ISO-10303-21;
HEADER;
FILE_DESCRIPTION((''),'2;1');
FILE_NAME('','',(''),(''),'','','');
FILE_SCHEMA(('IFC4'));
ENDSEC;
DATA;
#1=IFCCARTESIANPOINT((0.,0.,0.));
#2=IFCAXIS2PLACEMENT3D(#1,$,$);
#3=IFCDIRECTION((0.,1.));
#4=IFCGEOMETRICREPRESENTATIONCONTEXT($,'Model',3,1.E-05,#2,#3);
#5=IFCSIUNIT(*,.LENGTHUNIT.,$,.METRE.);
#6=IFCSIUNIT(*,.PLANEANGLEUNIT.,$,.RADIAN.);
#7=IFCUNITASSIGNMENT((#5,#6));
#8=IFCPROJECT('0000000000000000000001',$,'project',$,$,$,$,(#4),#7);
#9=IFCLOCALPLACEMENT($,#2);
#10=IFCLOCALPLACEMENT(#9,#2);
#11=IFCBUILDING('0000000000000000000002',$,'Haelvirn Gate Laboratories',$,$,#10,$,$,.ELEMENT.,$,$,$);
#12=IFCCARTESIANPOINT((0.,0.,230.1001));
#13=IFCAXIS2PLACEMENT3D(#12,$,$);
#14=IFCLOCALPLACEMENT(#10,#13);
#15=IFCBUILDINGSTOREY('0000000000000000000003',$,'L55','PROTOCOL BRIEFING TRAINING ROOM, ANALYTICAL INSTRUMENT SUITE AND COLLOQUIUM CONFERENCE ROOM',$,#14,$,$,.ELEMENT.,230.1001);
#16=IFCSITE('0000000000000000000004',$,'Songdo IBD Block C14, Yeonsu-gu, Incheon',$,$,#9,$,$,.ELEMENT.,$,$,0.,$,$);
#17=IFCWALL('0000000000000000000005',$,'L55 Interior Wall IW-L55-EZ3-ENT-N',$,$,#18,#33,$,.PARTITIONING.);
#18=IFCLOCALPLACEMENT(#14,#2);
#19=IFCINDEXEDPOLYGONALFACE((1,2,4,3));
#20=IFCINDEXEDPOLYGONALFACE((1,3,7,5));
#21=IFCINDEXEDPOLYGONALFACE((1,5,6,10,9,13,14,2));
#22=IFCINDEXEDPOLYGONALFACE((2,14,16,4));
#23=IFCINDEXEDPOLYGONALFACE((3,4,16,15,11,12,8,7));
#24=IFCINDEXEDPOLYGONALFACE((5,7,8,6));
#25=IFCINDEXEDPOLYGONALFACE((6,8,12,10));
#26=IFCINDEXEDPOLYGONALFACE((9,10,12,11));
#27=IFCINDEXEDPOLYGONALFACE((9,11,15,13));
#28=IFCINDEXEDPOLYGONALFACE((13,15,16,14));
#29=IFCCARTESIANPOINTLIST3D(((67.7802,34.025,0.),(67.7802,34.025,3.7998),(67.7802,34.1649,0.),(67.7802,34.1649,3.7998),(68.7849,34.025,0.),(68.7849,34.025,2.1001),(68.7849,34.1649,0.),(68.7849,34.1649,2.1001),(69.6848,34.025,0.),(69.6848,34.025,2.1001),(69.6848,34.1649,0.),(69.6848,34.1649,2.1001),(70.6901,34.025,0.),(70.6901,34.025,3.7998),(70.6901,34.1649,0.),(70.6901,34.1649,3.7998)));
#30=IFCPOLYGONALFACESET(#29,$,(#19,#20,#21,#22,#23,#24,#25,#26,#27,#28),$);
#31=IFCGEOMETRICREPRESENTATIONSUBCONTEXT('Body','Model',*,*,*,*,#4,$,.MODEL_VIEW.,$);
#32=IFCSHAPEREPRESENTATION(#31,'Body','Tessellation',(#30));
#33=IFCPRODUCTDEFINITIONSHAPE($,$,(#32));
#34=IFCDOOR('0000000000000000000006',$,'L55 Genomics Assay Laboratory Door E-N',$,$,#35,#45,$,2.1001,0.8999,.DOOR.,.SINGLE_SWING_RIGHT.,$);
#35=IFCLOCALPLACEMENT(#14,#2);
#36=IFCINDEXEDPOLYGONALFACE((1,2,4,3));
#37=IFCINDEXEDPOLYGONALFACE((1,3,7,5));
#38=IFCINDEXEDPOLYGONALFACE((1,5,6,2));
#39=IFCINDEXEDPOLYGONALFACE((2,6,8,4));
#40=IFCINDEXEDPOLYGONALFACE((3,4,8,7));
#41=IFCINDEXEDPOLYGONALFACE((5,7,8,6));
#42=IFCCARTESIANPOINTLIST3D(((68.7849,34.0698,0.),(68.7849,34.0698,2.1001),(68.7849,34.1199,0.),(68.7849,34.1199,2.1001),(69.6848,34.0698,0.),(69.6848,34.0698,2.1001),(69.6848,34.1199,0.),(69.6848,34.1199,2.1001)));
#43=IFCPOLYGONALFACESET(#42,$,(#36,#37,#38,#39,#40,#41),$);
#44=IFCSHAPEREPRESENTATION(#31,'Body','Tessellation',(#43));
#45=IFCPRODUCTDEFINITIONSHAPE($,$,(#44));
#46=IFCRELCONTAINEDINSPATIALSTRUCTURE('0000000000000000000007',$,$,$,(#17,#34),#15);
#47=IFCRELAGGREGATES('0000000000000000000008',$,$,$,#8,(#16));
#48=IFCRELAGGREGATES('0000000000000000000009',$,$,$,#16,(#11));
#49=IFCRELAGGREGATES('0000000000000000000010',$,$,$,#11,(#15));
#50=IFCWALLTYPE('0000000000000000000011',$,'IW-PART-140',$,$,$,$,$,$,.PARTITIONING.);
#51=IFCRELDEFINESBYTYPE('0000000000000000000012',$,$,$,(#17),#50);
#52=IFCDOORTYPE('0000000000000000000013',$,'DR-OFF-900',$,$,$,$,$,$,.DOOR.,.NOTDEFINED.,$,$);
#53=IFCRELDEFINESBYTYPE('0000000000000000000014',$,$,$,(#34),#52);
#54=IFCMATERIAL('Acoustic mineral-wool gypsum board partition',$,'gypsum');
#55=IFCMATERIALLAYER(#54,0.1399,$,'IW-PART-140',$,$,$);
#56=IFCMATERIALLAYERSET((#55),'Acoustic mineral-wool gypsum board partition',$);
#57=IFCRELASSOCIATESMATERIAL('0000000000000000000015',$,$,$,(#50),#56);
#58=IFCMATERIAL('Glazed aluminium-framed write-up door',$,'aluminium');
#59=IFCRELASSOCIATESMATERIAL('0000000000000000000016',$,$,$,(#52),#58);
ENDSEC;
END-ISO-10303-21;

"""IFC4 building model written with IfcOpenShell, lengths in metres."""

from ifc_helpers import new_model, si_unit, direction, frame, frame_2d, origin, place, context, subcontext, project, spatial, rectangle, extrude, source, transform, mapped, material, layer, layer_set, type_object, type_shapes, element, fill, save


model = new_model("IFC4")

# Units and contexts
model_context = context("Model", 3, precision=1e-05, world=origin(), true_north=direction((0.0, 1.0)))
body_context = subcontext(model_context, "Body", "Model", "MODEL_VIEW")
ifc_project = project(units=[si_unit("LENGTHUNIT", "METRE"), si_unit("PLANEANGLEUNIT", "RADIAN")], contexts=[model_context])

# Site, building, storey
site_placement = place(None, origin())
site = spatial("IfcSite", under=ifc_project, at=site_placement, Name="Songdo IBD Block C14, Yeonsu-gu, Incheon", CompositionType="ELEMENT", RefElevation=0.0)
building_placement = place(site_placement, origin())
building = spatial("IfcBuilding", under=site, at=building_placement, Name="Haelvirn Gate Laboratories", CompositionType="ELEMENT")
storey_placement = place(building_placement, frame((0.0, 0.0, 230.1001)))
storey = spatial("IfcBuildingStorey", under=building, at=storey_placement, Name="L55", Description="PROTOCOL BRIEFING TRAINING ROOM, ANALYTICAL INSTRUMENT SUITE AND COLLOQUIUM CONFERENCE ROOM", CompositionType="ELEMENT", Elevation=230.1001)

# Wall, opening, door
ifc_material_1 = material(Name="Acoustic mineral-wool gypsum board partition", Category="gypsum")
ifc_layer_1 = layer(ifc_material_1, 0.1399, Name="IW-PART-140")
ifc_layer_set_1 = layer_set([ifc_layer_1], Name="Acoustic mineral-wool gypsum board partition")
wall_type_1 = type_object("IfcWallType", Name="IW-PART-140", PredefinedType="PARTITIONING", material=ifc_layer_set_1)
wall_1_placement = place(storey_placement, frame((67.78, 34.095, 0.0), z_axis=(0.0, 0.0, 1.0), x_axis=(1.0, 0.0, 0.0)))
wall_1 = element("IfcWall", 1, at=wall_1_placement, inside=storey, type_object=wall_type_1, Name="L55 Interior Wall IW-L55-EZ3-ENT-N", PredefinedType="PARTITIONING", context=body_context, shape_type="SweptSolid", body=[
    extrude(rectangle(XDim=2.9099, YDim=0.1399, at=frame_2d((1.4551, 0.0))), origin(), (0.0, 0.0, 1.0), 3.7998),
])
opening_1_placement = place(wall_1_placement, frame((1.0049, 0.0, 0.0)))
opening_1 = element("IfcOpeningElement", 2, at=opening_1_placement, cuts=wall_1, PredefinedType="OPENING", context=body_context, shape_type="SweptSolid", body=[
    extrude(rectangle(XDim=0.8999, YDim=2.1001, at=frame_2d((0.45, 1.05))), frame((0.0, 0.0801, 0.0), z_axis=(0.0, -1.0, 0.0), x_axis=(1.0, 0.0, 0.0)), (0.0, 0.0, 1.0), 0.1599),
])
ifc_material_2 = material(Name="Glazed aluminium-framed write-up door", Category="aluminium")
door_type_1 = type_object("IfcDoorType", Name="DR-OFF-900", OperationType="NOTDEFINED", PredefinedType="DOOR", material=ifc_material_2)
shared_shape_1 = source(origin(), body_context, "Body", "SweptSolid", [
    extrude(rectangle(XDim=0.8999, YDim=2.1001, at=frame_2d((0.45, 1.05))), frame((0.0, 0.0249, 0.0), z_axis=(0.0, -1.0, 0.0), x_axis=(1.0, 0.0, 0.0)), (0.0, 0.0, 1.0), 0.05),
])
type_shapes(door_type_1, [shared_shape_1])
door_1_placement = place(opening_1_placement, origin())
door_1 = element("IfcDoor", 3, at=door_1_placement, inside=storey, type_object=door_type_1, Name="L55 Genomics Assay Laboratory Door E-N", OperationType="SINGLE_SWING_RIGHT", OverallHeight=2.1001, OverallWidth=0.8999, PredefinedType="DOOR", context=body_context, shape_type="MappedRepresentation", body=[
    mapped(shared_shape_1, transform((0.0, 0.0, 0.0), scale=1.0)),
])
fill(opening_1, door_1)

save(model, "model.ifc")
